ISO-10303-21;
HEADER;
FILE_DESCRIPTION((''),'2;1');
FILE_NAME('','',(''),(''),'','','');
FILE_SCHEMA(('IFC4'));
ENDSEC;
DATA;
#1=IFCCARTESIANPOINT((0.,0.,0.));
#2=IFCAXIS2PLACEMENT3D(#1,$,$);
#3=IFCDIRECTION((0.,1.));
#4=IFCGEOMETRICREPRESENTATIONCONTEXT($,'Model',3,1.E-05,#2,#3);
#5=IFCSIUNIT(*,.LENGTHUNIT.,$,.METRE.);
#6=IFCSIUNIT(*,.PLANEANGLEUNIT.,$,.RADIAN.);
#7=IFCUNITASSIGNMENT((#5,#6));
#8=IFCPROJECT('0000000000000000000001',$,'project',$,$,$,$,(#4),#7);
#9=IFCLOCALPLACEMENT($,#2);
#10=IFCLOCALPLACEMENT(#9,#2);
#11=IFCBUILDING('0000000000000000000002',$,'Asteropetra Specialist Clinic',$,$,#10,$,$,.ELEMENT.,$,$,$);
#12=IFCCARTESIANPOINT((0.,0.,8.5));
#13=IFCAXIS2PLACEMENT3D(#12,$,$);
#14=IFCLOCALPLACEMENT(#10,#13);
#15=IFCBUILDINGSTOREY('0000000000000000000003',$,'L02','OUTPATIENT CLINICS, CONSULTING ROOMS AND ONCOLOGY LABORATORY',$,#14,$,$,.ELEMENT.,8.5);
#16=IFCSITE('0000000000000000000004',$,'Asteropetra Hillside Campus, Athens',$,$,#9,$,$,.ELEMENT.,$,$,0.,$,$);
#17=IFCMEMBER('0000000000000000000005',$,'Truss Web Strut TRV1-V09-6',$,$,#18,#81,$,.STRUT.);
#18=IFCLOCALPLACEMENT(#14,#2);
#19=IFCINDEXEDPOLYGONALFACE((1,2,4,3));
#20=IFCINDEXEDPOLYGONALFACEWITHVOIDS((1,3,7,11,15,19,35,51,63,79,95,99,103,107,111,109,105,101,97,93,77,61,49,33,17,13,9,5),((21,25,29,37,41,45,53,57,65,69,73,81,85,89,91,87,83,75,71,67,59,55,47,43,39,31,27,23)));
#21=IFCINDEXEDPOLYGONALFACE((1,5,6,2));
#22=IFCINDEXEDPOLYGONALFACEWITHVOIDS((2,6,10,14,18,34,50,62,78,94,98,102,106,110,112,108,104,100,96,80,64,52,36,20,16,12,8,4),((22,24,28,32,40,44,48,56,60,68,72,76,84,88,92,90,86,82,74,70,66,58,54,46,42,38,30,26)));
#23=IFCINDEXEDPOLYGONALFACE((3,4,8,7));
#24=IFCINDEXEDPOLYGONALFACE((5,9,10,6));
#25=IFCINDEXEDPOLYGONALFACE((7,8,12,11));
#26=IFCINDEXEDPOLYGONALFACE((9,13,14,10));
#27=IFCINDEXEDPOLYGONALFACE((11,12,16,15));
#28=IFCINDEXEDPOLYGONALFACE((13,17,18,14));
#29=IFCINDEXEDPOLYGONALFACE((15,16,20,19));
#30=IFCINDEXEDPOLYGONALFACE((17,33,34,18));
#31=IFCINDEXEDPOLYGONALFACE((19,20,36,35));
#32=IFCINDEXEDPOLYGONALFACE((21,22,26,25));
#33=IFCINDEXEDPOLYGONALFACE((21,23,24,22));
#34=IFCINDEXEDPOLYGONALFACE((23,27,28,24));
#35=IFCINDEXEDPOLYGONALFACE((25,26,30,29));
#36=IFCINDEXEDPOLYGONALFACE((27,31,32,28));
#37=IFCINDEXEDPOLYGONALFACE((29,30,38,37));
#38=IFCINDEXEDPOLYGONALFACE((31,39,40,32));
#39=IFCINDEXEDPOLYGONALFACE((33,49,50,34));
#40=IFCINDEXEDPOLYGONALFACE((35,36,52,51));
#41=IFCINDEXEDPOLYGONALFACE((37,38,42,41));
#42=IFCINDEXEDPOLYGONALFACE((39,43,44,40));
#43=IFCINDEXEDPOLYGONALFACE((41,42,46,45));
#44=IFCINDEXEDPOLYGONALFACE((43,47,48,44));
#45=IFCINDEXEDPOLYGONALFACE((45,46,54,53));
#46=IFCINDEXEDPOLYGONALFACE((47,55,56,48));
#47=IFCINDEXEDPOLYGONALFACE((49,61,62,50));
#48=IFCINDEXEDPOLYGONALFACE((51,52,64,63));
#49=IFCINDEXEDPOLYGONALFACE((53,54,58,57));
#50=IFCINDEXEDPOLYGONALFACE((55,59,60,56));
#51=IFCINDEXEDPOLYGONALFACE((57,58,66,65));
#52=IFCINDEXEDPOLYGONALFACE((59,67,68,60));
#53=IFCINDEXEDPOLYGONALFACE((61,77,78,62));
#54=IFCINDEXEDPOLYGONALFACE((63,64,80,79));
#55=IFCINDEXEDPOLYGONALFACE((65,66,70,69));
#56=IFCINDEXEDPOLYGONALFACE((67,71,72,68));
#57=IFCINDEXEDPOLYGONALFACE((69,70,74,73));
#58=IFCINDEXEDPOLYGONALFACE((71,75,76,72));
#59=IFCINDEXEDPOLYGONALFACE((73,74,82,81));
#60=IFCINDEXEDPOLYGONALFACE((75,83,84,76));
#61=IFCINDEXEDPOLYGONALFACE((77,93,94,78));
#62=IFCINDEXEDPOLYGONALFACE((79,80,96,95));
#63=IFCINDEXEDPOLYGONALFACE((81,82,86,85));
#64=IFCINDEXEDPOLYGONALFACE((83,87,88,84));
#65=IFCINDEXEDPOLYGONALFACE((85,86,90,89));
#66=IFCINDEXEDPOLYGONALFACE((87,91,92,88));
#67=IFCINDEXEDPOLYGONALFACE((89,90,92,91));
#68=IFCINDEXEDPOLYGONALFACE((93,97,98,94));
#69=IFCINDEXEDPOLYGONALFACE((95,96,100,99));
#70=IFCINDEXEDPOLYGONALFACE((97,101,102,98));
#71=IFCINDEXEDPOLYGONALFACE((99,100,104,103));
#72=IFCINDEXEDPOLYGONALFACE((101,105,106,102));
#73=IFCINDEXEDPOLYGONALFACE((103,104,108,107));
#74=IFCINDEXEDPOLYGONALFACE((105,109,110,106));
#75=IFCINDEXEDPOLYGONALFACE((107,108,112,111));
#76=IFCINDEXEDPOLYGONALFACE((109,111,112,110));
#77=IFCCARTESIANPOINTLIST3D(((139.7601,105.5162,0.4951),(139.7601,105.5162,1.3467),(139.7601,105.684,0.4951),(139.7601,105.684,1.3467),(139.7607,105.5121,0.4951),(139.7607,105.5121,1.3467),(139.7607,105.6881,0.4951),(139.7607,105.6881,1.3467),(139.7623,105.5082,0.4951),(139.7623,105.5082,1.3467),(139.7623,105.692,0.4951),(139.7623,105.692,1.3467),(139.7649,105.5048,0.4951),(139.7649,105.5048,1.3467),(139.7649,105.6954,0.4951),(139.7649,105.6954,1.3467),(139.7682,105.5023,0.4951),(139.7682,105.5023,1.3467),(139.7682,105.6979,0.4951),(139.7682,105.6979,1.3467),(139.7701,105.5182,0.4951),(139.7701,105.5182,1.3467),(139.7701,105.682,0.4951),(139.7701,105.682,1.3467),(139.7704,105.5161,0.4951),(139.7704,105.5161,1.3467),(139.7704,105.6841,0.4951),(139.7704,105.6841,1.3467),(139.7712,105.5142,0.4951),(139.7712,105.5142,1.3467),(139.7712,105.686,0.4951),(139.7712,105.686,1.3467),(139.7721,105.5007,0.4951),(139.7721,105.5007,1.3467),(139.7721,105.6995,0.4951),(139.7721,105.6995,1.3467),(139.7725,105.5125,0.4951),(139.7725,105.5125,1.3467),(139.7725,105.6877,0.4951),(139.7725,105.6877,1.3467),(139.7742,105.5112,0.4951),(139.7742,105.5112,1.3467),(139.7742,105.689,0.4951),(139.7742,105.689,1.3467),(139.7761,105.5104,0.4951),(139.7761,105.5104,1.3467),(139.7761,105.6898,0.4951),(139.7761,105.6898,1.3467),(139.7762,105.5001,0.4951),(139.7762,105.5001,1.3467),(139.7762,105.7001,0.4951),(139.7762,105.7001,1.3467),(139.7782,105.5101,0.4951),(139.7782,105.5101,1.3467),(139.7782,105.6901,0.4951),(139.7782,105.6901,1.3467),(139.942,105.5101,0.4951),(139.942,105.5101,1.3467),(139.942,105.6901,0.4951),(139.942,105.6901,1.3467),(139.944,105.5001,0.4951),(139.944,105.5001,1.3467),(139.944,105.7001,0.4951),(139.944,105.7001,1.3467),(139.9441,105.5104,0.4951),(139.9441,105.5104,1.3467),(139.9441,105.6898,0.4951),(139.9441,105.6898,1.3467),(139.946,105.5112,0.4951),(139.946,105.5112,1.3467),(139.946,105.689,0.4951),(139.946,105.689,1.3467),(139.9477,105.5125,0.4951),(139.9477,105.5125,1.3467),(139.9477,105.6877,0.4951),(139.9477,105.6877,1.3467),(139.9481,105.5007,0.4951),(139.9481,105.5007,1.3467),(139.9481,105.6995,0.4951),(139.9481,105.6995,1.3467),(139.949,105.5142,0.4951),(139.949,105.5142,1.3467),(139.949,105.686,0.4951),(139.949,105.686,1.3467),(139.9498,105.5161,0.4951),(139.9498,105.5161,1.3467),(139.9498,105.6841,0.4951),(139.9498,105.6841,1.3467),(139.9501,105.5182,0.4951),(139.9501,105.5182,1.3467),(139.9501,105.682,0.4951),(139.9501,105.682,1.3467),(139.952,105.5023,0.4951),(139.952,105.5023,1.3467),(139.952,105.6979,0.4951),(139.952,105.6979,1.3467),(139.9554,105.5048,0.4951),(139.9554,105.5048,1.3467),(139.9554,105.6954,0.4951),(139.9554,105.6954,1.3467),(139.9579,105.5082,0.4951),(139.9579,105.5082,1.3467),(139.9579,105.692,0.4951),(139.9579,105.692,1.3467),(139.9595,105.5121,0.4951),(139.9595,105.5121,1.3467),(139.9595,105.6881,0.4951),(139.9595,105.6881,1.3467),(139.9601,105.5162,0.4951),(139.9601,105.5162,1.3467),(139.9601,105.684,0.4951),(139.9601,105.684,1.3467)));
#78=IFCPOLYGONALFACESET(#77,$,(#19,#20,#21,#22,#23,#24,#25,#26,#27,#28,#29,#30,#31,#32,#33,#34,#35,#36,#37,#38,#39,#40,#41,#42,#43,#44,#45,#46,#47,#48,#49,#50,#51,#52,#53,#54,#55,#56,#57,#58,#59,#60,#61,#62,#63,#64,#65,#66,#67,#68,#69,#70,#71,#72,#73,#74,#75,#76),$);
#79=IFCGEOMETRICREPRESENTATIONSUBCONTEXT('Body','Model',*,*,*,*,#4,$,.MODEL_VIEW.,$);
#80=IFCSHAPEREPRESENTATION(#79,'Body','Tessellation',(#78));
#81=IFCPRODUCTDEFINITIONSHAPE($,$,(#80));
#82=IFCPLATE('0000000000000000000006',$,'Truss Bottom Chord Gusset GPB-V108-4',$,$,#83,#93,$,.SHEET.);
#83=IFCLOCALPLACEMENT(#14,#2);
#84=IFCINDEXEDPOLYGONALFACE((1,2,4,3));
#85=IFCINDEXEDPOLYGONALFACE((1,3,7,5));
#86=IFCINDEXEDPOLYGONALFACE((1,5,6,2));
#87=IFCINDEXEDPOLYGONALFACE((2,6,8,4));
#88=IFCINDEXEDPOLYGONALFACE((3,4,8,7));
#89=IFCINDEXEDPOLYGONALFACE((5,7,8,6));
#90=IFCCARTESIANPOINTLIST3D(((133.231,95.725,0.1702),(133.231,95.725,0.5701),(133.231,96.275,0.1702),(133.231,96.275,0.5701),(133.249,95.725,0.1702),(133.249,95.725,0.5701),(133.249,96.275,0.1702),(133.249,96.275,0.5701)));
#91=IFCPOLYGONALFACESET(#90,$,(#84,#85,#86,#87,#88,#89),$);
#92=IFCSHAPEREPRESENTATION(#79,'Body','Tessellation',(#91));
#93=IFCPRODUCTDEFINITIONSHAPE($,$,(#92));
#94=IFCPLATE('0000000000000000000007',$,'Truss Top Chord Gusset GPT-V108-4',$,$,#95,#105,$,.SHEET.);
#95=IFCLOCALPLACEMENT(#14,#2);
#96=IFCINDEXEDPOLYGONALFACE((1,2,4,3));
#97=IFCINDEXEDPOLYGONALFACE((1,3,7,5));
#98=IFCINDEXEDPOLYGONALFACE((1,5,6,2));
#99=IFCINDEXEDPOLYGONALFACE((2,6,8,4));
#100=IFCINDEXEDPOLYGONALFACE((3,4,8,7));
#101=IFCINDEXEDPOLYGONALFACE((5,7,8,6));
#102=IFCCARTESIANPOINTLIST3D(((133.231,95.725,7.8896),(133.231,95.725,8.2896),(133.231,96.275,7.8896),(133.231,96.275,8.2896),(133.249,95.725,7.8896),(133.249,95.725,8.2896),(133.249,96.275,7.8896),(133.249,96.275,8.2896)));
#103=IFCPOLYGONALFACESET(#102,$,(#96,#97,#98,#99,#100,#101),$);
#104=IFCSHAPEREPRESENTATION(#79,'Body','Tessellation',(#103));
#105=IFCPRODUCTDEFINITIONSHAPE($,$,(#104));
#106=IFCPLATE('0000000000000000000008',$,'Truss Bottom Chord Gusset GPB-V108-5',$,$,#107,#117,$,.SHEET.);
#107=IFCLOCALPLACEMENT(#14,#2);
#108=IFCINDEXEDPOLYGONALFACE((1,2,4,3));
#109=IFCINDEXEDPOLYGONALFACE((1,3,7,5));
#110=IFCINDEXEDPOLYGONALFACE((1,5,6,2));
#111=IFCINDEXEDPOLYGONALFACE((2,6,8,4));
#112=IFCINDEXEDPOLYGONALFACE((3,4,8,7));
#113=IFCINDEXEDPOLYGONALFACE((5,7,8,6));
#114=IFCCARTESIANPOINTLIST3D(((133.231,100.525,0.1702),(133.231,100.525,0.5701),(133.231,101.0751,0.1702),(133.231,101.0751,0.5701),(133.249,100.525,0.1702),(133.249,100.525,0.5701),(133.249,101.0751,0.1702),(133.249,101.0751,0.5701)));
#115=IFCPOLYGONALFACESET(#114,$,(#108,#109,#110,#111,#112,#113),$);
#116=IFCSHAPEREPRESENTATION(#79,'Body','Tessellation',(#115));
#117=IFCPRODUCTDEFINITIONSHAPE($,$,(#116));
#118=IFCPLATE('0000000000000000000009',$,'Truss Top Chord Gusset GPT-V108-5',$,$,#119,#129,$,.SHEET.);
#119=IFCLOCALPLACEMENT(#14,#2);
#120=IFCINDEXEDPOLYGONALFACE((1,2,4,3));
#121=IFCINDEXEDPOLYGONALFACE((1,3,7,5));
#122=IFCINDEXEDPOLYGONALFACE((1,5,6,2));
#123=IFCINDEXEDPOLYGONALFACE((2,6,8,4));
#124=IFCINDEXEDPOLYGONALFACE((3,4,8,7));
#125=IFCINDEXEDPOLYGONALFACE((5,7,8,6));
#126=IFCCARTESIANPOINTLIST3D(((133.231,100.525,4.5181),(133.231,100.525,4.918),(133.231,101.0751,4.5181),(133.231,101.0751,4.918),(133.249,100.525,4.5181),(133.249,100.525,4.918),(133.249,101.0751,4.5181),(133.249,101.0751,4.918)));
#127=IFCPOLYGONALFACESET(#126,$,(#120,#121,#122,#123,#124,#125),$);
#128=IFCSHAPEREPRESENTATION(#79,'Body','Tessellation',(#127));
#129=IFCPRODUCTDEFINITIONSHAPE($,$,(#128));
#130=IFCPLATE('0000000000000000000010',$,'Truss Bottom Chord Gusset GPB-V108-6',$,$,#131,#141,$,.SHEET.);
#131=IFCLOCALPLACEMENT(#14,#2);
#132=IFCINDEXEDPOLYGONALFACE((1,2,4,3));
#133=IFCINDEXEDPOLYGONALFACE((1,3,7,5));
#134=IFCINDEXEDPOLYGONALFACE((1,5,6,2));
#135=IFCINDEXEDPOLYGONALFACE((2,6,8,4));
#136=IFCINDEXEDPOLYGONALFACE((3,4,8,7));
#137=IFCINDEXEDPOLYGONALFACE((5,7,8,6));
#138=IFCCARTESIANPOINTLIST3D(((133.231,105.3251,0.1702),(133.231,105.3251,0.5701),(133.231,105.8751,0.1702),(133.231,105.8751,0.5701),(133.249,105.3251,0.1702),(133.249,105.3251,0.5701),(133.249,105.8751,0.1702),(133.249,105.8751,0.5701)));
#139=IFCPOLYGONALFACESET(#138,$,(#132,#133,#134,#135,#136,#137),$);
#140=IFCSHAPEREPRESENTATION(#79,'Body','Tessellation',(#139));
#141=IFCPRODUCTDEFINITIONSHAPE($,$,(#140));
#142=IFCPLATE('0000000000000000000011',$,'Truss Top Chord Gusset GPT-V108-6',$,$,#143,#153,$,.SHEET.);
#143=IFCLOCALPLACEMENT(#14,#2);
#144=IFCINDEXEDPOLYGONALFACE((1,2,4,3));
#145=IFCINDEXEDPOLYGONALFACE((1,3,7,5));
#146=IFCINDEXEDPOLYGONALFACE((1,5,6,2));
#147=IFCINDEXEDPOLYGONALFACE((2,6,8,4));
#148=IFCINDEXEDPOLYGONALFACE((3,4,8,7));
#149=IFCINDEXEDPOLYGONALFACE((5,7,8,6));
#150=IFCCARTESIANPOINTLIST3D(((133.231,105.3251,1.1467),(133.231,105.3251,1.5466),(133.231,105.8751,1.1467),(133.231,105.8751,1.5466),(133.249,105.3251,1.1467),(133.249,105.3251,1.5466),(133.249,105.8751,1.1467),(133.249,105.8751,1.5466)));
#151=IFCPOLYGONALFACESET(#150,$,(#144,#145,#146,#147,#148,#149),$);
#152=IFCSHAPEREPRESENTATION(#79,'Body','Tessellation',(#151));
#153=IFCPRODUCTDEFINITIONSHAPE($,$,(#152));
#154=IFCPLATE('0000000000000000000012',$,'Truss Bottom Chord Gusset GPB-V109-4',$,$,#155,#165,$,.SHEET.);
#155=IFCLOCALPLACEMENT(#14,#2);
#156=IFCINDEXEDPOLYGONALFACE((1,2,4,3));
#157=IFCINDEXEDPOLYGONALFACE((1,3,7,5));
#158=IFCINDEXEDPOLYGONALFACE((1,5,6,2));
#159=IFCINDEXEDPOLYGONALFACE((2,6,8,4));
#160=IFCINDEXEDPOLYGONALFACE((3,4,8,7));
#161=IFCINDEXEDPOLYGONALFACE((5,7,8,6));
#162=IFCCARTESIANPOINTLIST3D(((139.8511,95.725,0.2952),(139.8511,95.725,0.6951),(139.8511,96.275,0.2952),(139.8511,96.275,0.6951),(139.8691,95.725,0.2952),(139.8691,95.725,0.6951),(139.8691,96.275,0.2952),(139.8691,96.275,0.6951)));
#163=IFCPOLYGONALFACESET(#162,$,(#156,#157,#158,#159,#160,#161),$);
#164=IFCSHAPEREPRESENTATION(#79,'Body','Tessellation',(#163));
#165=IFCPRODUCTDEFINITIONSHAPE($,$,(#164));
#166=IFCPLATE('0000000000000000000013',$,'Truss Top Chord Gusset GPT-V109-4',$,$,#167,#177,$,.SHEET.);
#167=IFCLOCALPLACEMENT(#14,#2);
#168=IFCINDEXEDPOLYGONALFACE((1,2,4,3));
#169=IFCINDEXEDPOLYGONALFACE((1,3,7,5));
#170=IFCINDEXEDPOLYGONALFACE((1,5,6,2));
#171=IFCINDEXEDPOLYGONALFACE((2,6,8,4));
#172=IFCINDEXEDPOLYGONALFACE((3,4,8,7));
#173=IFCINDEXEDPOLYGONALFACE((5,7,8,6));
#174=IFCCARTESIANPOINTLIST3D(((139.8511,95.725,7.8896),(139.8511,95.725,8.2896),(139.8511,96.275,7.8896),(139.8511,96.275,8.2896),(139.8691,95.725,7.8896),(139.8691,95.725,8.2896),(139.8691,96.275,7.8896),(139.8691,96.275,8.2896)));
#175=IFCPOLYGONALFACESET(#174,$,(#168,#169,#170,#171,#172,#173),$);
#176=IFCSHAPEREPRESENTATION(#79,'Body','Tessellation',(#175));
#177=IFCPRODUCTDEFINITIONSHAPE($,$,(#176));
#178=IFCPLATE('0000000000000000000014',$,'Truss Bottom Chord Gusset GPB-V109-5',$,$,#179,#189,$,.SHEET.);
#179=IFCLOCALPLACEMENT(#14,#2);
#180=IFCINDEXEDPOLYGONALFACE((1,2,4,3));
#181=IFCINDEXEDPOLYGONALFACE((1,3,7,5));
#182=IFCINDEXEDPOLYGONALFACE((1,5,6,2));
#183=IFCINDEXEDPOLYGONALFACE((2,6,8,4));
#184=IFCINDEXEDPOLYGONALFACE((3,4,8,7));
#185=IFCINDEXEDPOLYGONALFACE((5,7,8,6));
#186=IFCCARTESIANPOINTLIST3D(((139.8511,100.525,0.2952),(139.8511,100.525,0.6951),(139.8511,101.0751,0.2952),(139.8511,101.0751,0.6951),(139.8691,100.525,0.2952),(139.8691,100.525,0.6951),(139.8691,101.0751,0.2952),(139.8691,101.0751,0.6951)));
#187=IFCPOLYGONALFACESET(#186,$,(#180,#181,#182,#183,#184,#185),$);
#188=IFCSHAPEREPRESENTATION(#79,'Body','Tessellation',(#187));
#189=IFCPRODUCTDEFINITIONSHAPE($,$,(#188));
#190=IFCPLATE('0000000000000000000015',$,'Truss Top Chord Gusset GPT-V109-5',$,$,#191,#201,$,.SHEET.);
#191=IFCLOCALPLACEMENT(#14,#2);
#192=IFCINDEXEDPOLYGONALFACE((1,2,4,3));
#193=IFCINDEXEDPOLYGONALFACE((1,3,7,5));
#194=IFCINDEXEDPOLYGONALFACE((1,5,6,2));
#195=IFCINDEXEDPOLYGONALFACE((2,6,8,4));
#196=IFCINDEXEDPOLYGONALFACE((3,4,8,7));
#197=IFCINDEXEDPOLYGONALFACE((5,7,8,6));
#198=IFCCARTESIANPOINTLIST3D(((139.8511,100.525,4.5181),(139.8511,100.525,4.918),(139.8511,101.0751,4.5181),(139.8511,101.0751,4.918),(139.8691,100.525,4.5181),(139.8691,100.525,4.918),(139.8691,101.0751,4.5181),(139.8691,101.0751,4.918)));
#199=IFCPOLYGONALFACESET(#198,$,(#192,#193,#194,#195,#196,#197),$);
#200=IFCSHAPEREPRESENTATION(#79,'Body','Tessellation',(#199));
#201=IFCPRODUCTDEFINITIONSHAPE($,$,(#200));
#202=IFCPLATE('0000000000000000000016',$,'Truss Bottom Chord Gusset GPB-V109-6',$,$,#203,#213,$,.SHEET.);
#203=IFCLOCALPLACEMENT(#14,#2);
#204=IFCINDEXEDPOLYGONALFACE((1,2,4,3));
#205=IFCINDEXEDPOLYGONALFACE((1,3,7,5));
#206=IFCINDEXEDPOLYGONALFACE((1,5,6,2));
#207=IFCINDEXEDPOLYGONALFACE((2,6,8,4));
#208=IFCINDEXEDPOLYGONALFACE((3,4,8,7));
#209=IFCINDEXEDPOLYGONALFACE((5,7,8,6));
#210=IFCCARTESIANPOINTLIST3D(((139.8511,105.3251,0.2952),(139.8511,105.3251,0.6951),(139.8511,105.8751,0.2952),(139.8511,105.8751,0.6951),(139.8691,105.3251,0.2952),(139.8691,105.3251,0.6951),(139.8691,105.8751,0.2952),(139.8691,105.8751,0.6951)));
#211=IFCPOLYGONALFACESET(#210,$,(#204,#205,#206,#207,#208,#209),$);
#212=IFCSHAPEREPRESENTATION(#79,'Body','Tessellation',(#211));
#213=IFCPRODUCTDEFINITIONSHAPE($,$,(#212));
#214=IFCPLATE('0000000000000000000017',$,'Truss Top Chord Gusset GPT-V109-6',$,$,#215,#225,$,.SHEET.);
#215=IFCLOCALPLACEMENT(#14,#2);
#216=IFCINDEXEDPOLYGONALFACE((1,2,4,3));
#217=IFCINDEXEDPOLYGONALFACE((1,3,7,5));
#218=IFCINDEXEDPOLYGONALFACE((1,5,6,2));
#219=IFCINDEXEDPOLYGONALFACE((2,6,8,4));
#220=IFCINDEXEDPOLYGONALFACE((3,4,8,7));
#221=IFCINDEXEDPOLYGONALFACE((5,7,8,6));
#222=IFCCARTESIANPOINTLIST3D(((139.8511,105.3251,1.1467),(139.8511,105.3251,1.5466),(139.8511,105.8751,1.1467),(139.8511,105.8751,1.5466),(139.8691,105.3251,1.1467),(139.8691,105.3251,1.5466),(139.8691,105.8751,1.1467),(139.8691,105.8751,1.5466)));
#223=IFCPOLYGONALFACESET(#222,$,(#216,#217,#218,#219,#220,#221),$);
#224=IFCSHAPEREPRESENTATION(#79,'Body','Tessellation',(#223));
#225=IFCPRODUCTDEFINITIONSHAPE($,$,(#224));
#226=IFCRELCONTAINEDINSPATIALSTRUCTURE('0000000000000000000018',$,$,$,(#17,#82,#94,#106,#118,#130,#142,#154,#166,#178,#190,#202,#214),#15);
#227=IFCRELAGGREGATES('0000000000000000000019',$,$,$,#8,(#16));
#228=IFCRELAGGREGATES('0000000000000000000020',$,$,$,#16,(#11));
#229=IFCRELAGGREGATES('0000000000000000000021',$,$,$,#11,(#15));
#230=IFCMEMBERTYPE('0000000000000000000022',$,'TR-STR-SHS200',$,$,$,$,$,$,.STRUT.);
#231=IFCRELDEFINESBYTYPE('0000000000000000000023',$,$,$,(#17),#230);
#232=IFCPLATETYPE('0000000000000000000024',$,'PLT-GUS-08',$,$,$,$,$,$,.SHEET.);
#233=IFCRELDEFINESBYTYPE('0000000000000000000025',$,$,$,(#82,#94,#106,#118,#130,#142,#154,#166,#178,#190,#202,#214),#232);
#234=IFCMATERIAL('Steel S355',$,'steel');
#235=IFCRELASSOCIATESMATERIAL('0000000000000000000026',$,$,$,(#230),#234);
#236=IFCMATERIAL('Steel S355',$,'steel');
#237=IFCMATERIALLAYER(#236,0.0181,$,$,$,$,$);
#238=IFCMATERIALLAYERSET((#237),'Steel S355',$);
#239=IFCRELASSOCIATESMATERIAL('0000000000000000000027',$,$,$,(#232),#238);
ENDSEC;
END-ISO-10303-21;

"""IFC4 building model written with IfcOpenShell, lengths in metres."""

from ifc_helpers import new_model, si_unit, direction, frame, origin, origin_2d, place, context, subcontext, project, spatial, rectangle, hollow_rectangle, extrude, material, layer, layer_set, material_profile, profile_set, type_object, element, save


model = new_model("IFC4")

# Units and contexts
model_context = context("Model", 3, precision=1e-05, world=origin(), true_north=direction((0.0, 1.0)))
body_context = subcontext(model_context, "Body", "Model", "MODEL_VIEW")
ifc_project = project(units=[si_unit("LENGTHUNIT", "METRE"), si_unit("PLANEANGLEUNIT", "RADIAN")], contexts=[model_context])

# Site, building, storey
site_placement = place(None, origin())
site = spatial("IfcSite", under=ifc_project, at=site_placement, Name="Asteropetra Hillside Campus, Athens", CompositionType="ELEMENT", RefElevation=0.0)
building_placement = place(site_placement, origin())
building = spatial("IfcBuilding", under=site, at=building_placement, Name="Asteropetra Specialist Clinic", CompositionType="ELEMENT")
storey_placement = place(building_placement, frame((0.0, 0.0, 8.5)))
storey = spatial("IfcBuildingStorey", under=building, at=storey_placement, Name="L02", Description="OUTPATIENT CLINICS, CONSULTING ROOMS AND ONCOLOGY LABORATORY", CompositionType="ELEMENT", Elevation=8.5)

# Member
ifc_material_1 = material(Name="Steel S355", Category="steel")
ifc_material_profile_1 = material_profile(ifc_material_1, hollow_rectangle(XDim=0.2, YDim=0.2, WallThickness=0.01, InnerFilletRadius=0.0081, OuterFilletRadius=0.0161, at=origin_2d()), Name="SHS 200x200x10.0")
ifc_profile_set_1 = profile_set([ifc_material_profile_1], Name="Steel S355")
member_type_1 = type_object("IfcMemberType", Name="TR-STR-SHS200", PredefinedType="STRUT", material=ifc_profile_set_1)
member_1_placement = place(storey_placement, frame((139.8601, 105.6001, 0.4951), z_axis=(0.0, 0.0, 1.0), x_axis=(1.0, 0.0, 0.0)))
element("IfcMember", 1, at=member_1_placement, inside=storey, type_object=member_type_1, Name="Truss Web Strut TRV1-V09-6", PredefinedType="STRUT", context=body_context, shape_type="SweptSolid", body=[
    extrude(hollow_rectangle(XDim=0.2, YDim=0.2, WallThickness=0.01, InnerFilletRadius=0.0081, OuterFilletRadius=0.0161, at=origin_2d()), origin(), (0.0, 0.0, 1.0), 0.8516),
])

# Plates
ifc_material_2 = material(Name="Steel S355", Category="steel")
ifc_layer = layer(ifc_material_2, 0.0181)
ifc_layer_set = layer_set([ifc_layer], Name="Steel S355")
plate_type = type_object("IfcPlateType", Name="PLT-GUS-08", PredefinedType="SHEET", material=ifc_layer_set)
for number, where, z_axis, x_axis, name in (
    (2, (133.24, 96.0, 0.1702), (0.0, 0.0, 1.0), (1.0, 0.0, 0.0), "Truss Bottom Chord Gusset GPB-V108-4"),
    (3, (133.24, 96.0, 7.8896), (0.0, 0.0, 1.0), (1.0, 0.0, 0.0), "Truss Top Chord Gusset GPT-V108-4"),
    (4, (133.24, 100.8, 0.1702), (0.0, 0.0, 1.0), (1.0, 0.0, 0.0), "Truss Bottom Chord Gusset GPB-V108-5"),
    (5, (133.24, 100.8, 4.5181), (0.0, 0.0, 1.0), (1.0, 0.0, 0.0), "Truss Top Chord Gusset GPT-V108-5"),
    (6, (133.24, 105.6001, 0.1702), (0.0, 0.0, 1.0), (1.0, 0.0, 0.0), "Truss Bottom Chord Gusset GPB-V108-6"),
    (7, (133.24, 105.6001, 1.1467), (0.0, 0.0, 1.0), (1.0, 0.0, 0.0), "Truss Top Chord Gusset GPT-V108-6"),
    (8, (139.8601, 96.0, 0.2952), (0.0, 0.0, 1.0), (1.0, 0.0, 0.0), "Truss Bottom Chord Gusset GPB-V109-4"),
    (9, (139.8601, 96.0, 7.8896), (0.0, 0.0, 1.0), (1.0, 0.0, 0.0), "Truss Top Chord Gusset GPT-V109-4"),
    (10, (139.8601, 100.8, 0.2952), (0.0, 0.0, 1.0), (1.0, 0.0, 0.0), "Truss Bottom Chord Gusset GPB-V109-5"),
    (11, (139.8601, 100.8, 4.5181), (0.0, 0.0, 1.0), (1.0, 0.0, 0.0), "Truss Top Chord Gusset GPT-V109-5"),
    (12, (139.8601, 105.6001, 0.2952), (0.0, 0.0, 1.0), (1.0, 0.0, 0.0), "Truss Bottom Chord Gusset GPB-V109-6"),
    (13, (139.8601, 105.6001, 1.1467), (0.0, 0.0, 1.0), (1.0, 0.0, 0.0), "Truss Top Chord Gusset GPT-V109-6"),
):
    element("IfcPlate", number, at=place(storey_placement, frame(where, z_axis=z_axis, x_axis=x_axis)), inside=storey, type_object=plate_type, Name=name, PredefinedType="SHEET", context=body_context, shape_type="SweptSolid", body=[
        extrude(rectangle(XDim=0.0181, YDim=0.55, at=origin_2d()), origin(), (0.0, 0.0, 1.0), 0.3999),
    ])

save(model, "model.ifc")
